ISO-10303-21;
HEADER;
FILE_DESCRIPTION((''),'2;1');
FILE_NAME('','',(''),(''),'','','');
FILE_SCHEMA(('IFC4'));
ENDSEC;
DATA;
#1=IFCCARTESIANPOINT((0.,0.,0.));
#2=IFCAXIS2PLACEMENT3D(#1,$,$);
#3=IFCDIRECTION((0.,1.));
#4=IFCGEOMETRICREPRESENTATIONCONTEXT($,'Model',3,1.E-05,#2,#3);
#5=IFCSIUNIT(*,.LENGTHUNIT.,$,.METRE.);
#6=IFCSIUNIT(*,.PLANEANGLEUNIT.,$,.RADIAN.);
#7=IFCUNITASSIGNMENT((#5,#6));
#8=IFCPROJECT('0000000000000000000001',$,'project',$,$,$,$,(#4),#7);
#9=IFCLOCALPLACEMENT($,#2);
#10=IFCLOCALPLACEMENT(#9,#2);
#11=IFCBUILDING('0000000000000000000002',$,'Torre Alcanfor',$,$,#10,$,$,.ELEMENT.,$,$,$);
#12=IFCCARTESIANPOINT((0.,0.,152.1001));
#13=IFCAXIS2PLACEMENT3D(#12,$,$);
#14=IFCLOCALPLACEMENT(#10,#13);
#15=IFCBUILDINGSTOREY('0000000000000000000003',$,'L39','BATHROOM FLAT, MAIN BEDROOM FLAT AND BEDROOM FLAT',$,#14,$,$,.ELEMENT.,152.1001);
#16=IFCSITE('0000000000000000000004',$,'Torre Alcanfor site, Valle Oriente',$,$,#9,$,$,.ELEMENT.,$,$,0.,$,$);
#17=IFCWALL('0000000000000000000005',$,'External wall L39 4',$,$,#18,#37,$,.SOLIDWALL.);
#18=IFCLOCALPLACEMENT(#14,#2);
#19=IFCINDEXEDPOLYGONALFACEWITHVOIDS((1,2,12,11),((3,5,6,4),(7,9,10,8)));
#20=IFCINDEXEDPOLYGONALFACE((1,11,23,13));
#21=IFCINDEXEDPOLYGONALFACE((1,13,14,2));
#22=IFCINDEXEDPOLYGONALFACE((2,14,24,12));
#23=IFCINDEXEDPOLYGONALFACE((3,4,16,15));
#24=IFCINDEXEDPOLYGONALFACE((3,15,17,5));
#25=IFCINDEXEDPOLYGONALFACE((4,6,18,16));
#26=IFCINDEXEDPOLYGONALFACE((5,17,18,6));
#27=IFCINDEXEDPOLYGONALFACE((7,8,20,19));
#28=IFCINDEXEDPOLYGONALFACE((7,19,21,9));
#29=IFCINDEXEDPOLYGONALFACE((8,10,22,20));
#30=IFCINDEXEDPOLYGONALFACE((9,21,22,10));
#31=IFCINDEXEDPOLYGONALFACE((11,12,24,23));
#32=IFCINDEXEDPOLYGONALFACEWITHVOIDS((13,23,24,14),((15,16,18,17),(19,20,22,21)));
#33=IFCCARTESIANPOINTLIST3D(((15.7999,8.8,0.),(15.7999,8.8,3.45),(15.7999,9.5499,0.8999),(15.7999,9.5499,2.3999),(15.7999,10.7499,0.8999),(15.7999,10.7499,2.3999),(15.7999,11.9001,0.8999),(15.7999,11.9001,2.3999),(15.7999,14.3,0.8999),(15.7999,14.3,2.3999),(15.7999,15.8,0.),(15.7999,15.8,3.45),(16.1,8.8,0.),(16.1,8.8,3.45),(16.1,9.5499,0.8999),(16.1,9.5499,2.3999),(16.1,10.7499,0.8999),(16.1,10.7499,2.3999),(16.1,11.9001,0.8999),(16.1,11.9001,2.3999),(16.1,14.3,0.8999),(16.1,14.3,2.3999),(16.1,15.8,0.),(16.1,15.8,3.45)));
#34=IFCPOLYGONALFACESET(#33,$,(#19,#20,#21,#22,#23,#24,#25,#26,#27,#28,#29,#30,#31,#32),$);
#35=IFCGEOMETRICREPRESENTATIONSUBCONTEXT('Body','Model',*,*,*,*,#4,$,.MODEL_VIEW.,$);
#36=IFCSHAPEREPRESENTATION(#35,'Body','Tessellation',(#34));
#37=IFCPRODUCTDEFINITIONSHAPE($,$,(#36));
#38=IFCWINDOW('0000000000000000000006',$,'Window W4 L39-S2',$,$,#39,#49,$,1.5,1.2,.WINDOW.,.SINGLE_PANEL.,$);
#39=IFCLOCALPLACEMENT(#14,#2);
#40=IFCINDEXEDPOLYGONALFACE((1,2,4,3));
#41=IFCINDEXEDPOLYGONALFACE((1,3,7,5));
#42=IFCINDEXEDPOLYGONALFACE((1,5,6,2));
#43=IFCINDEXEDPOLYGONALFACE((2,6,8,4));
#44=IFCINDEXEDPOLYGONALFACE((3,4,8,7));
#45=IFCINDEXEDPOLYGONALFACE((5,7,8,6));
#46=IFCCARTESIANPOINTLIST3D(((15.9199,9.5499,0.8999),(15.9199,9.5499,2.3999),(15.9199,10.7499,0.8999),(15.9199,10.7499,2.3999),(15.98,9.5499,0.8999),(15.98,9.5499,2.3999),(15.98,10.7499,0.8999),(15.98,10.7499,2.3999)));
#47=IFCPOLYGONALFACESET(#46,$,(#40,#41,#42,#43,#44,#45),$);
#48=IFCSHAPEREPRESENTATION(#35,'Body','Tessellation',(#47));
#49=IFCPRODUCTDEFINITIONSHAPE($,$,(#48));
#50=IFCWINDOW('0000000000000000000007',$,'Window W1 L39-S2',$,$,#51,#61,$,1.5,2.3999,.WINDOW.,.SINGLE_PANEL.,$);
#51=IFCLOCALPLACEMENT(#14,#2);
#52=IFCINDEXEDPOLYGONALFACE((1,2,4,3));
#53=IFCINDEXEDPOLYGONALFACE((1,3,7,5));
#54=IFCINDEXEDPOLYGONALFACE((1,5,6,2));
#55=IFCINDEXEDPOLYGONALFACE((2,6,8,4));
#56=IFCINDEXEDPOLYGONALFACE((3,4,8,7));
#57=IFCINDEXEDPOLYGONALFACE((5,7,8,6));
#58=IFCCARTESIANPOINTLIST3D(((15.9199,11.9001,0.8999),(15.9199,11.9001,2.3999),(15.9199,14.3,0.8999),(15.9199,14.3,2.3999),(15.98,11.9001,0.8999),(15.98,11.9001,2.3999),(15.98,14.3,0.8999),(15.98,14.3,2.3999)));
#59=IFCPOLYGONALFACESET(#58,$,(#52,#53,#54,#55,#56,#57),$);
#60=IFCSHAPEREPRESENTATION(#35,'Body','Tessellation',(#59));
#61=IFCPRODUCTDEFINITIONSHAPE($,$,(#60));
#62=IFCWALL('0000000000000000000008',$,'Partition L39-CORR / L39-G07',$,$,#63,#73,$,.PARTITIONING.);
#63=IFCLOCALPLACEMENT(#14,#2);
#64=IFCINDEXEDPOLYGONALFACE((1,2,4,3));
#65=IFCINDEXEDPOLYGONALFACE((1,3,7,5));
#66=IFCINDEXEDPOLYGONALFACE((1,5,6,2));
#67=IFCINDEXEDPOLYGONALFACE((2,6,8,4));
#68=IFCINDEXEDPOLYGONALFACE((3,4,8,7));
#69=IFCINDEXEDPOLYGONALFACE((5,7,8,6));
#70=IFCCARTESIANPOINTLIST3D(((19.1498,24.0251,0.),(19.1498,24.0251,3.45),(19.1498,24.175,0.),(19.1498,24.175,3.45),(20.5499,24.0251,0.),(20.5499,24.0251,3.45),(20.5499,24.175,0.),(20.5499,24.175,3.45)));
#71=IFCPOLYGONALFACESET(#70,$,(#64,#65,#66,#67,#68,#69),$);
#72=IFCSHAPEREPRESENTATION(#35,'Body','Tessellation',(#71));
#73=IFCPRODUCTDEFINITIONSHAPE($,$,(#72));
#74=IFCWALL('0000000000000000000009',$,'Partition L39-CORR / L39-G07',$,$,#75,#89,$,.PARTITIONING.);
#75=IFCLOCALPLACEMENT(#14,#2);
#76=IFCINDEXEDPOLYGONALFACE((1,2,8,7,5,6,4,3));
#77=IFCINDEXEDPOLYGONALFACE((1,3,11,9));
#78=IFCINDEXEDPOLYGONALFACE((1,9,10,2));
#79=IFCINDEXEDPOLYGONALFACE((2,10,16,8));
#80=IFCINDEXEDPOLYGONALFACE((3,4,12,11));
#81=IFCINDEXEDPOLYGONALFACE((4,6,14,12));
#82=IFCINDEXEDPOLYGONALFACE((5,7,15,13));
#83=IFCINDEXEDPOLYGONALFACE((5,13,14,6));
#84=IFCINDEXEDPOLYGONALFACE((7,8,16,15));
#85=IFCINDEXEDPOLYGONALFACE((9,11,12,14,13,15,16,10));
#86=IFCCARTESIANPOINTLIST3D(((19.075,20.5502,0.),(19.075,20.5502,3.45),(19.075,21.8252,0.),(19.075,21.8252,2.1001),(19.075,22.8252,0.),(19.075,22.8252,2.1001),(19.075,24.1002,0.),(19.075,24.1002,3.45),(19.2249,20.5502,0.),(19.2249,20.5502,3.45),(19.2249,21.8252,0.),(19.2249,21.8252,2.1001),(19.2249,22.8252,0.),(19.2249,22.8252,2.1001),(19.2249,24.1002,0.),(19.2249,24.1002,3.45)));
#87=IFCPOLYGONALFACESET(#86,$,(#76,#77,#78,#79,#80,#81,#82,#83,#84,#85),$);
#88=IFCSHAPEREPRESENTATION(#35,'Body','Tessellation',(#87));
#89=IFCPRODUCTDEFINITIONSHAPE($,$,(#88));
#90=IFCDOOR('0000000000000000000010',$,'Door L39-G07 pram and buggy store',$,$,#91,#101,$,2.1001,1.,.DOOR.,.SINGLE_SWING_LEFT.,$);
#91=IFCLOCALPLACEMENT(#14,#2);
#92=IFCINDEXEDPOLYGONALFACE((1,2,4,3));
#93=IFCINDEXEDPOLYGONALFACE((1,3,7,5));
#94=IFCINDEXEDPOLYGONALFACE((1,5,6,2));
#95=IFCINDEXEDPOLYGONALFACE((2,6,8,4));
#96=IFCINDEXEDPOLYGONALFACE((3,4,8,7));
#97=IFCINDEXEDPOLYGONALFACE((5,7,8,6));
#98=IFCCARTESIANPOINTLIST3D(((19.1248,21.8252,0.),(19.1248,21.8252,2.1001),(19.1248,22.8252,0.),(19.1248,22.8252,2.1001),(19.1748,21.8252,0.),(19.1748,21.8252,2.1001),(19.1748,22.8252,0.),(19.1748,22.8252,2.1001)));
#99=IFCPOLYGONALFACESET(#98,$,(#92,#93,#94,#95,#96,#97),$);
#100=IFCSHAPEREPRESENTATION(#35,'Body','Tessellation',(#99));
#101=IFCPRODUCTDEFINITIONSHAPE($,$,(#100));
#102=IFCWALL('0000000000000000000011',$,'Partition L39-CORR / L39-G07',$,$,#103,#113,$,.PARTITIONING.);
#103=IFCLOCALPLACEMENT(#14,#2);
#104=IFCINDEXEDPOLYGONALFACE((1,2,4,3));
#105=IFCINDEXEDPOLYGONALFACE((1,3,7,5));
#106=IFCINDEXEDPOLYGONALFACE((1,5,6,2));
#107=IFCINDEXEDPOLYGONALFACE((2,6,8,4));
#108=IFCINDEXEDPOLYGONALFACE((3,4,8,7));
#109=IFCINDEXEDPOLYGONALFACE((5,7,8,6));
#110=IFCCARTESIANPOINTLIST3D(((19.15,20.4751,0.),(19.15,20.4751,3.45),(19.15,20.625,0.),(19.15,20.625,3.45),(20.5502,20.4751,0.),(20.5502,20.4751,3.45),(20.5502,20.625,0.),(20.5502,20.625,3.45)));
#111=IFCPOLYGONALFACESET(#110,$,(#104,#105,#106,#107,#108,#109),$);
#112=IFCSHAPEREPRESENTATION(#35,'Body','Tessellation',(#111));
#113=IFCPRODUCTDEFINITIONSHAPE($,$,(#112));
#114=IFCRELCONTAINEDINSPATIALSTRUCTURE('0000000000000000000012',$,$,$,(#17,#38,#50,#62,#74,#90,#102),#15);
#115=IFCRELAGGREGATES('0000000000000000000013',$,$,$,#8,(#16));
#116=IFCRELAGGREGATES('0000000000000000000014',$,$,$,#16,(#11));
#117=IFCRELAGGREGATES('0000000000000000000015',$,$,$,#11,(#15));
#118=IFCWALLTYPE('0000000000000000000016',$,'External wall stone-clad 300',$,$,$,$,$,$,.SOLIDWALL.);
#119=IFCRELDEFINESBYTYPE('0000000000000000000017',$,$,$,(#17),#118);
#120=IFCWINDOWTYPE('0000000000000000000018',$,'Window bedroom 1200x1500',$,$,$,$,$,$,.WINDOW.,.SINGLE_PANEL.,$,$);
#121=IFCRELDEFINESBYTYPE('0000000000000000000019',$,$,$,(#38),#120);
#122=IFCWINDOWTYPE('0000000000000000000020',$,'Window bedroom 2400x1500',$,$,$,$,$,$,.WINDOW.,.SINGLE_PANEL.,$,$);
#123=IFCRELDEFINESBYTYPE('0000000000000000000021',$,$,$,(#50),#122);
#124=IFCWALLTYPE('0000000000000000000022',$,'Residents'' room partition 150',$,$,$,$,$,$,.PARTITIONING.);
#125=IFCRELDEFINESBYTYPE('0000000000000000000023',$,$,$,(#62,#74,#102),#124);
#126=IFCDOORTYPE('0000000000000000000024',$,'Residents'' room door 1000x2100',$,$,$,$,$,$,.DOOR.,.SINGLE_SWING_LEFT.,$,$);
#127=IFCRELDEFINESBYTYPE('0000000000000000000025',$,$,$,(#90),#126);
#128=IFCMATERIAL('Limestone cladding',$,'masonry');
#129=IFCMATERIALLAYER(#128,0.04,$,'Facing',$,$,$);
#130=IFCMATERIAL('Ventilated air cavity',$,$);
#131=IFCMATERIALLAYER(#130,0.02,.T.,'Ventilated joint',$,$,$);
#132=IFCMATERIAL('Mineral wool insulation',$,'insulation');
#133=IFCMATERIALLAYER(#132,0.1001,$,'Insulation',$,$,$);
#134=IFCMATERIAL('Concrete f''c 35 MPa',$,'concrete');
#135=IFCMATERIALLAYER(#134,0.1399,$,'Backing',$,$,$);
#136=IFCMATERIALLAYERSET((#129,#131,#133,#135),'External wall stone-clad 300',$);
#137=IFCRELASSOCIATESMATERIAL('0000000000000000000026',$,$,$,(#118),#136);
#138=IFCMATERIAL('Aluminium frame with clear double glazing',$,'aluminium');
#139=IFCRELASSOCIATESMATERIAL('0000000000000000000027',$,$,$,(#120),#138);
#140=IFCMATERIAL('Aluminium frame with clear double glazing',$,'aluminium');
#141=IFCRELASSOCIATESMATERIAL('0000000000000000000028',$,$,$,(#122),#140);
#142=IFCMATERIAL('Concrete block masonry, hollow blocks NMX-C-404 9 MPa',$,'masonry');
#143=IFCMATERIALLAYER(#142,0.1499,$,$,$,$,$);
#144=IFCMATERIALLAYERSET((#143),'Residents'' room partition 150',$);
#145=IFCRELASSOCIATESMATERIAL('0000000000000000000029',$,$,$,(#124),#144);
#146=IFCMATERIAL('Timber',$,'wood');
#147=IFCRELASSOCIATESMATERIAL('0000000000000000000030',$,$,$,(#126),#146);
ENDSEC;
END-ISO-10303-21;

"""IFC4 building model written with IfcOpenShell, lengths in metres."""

from ifc_helpers import new_model, si_unit, direction, frame, frame_2d, origin, place, context, subcontext, project, spatial, rectangle, extrude, material, layer, layer_set, type_object, element, fill, save


model = new_model("IFC4")

# Units and contexts
model_context = context("Model", 3, precision=1e-05, world=origin(), true_north=direction((0.0, 1.0)))
body_context = subcontext(model_context, "Body", "Model", "MODEL_VIEW")
ifc_project = project(units=[si_unit("LENGTHUNIT", "METRE"), si_unit("PLANEANGLEUNIT", "RADIAN")], contexts=[model_context])

# Site, building, storey
site_placement = place(None, origin())
site = spatial("IfcSite", under=ifc_project, at=site_placement, Name="Torre Alcanfor site, Valle Oriente", CompositionType="ELEMENT", RefElevation=0.0)
building_placement = place(site_placement, origin())
building = spatial("IfcBuilding", under=site, at=building_placement, Name="Torre Alcanfor", CompositionType="ELEMENT")
storey_placement = place(building_placement, frame((0.0, 0.0, 152.1001)))
storey = spatial("IfcBuildingStorey", under=building, at=storey_placement, Name="L39", Description="BATHROOM FLAT, MAIN BEDROOM FLAT AND BEDROOM FLAT", CompositionType="ELEMENT", Elevation=152.1001)

# Wall, openings, windows
ifc_material_1 = material(Name="Limestone cladding", Category="masonry")
ifc_layer_1 = layer(ifc_material_1, 0.04, Name="Facing")
ifc_material_2 = material(Name="Ventilated air cavity")
ifc_layer_2 = layer(ifc_material_2, 0.02, ventilated=True, Name="Ventilated joint")
ifc_material_3 = material(Name="Mineral wool insulation", Category="insulation")
ifc_layer_3 = layer(ifc_material_3, 0.1001, Name="Insulation")
ifc_material_4 = material(Name="Concrete f'c 35 MPa", Category="concrete")
ifc_layer_4 = layer(ifc_material_4, 0.1399, Name="Backing")
ifc_layer_set_1 = layer_set([ifc_layer_1, ifc_layer_2, ifc_layer_3, ifc_layer_4], Name="External wall stone-clad 300")
wall_type_1 = type_object("IfcWallType", Name="External wall stone-clad 300", PredefinedType="SOLIDWALL", material=ifc_layer_set_1)
wall_1_placement = place(storey_placement, frame((15.95, 15.8, 0.0), z_axis=(0.0, 0.0, 1.0), x_axis=(0.0, -1.0, 0.0)))
wall_1 = element("IfcWall", 1, at=wall_1_placement, inside=storey, type_object=wall_type_1, Name="External wall L39 4", PredefinedType="SOLIDWALL", context=body_context, shape_type="SweptSolid", body=[
    extrude(rectangle(XDim=7.0, YDim=0.3, at=frame_2d((3.5, 0.0))), origin(), (0.0, 0.0, 1.0), 3.45),
])
opening_1_placement = place(wall_1_placement, frame((1.5, 0.0, 0.8999)))
opening_1 = element("IfcOpeningElement", 2, at=opening_1_placement, cuts=wall_1, PredefinedType="OPENING", context=body_context, shape_type="SweptSolid", body=[
    extrude(rectangle(XDim=2.3999, YDim=1.5, at=frame_2d((1.2, 0.75))), frame((0.0, 0.1599, 0.0), z_axis=(0.0, -1.0, 0.0), x_axis=(1.0, 0.0, 0.0)), (0.0, 0.0, 1.0), 0.3201),
])
opening_2_placement = place(wall_1_placement, frame((5.05, 0.0, 0.8999)))
opening_2 = element("IfcOpeningElement", 3, at=opening_2_placement, cuts=wall_1, PredefinedType="OPENING", context=body_context, shape_type="SweptSolid", body=[
    extrude(rectangle(XDim=1.2, YDim=1.5, at=frame_2d((0.6001, 0.75))), frame((0.0, 0.1599, 0.0), z_axis=(0.0, -1.0, 0.0), x_axis=(1.0, 0.0, 0.0)), (0.0, 0.0, 1.0), 0.3201),
])
ifc_material_5 = material(Name="Aluminium frame with clear double glazing", Category="aluminium")
window_type_1 = type_object("IfcWindowType", Name="Window bedroom 1200x1500", PartitioningType="SINGLE_PANEL", PredefinedType="WINDOW", material=ifc_material_5)
window_1_placement = place(opening_2_placement, origin())
window_1 = element("IfcWindow", 4, at=window_1_placement, inside=storey, type_object=window_type_1, Name="Window W4 L39-S2", OverallHeight=1.5, OverallWidth=1.2, PartitioningType="SINGLE_PANEL", PredefinedType="WINDOW", context=body_context, shape_type="SweptSolid", body=[
    extrude(rectangle(XDim=1.2, YDim=1.5, at=frame_2d((0.6001, 0.75))), frame((0.0, 0.03, 0.0), z_axis=(0.0, -1.0, 0.0), x_axis=(1.0, 0.0, 0.0)), (0.0, 0.0, 1.0), 0.0601),
])
fill(opening_2, window_1)
ifc_material_6 = material(Name="Aluminium frame with clear double glazing", Category="aluminium")
window_type_2 = type_object("IfcWindowType", Name="Window bedroom 2400x1500", PartitioningType="SINGLE_PANEL", PredefinedType="WINDOW", material=ifc_material_6)
window_2_placement = place(opening_1_placement, origin())
window_2 = element("IfcWindow", 5, at=window_2_placement, inside=storey, type_object=window_type_2, Name="Window W1 L39-S2", OverallHeight=1.5, OverallWidth=2.3999, PartitioningType="SINGLE_PANEL", PredefinedType="WINDOW", context=body_context, shape_type="SweptSolid", body=[
    extrude(rectangle(XDim=2.3999, YDim=1.5, at=frame_2d((1.2, 0.75))), frame((0.0, 0.03, 0.0), z_axis=(0.0, -1.0, 0.0), x_axis=(1.0, 0.0, 0.0)), (0.0, 0.0, 1.0), 0.0601),
])
fill(opening_1, window_2)

# Wall
ifc_material_7 = material(Name="Concrete block masonry, hollow blocks NMX-C-404 9 MPa", Category="masonry")
ifc_layer_5 = layer(ifc_material_7, 0.1499)
ifc_layer_set_2 = layer_set([ifc_layer_5], Name="Residents' room partition 150")
wall_type_2 = type_object("IfcWallType", Name="Residents' room partition 150", PredefinedType="PARTITIONING", material=ifc_layer_set_2)
wall_2_placement = place(storey_placement, frame((20.55, 24.1001, 0.0), z_axis=(0.0, 0.0, 1.0), x_axis=(-1.0, 0.0, 0.0)))
element("IfcWall", 6, at=wall_2_placement, inside=storey, type_object=wall_type_2, Name="Partition L39-CORR / L39-G07", PredefinedType="PARTITIONING", context=body_context, shape_type="SweptSolid", body=[
    extrude(rectangle(XDim=1.4001, YDim=0.1499, at=frame_2d((0.7002, 0.0))), origin(), (0.0, 0.0, 1.0), 3.45),
])

# Wall, opening, door
wall_3_placement = place(storey_placement, frame((19.1499, 24.1001, 0.0), z_axis=(0.0, 0.0, 1.0), x_axis=(0.0, -1.0, 0.0)))
wall_3 = element("IfcWall", 7, at=wall_3_placement, inside=storey, type_object=wall_type_2, Name="Partition L39-CORR / L39-G07", PredefinedType="PARTITIONING", context=body_context, shape_type="SweptSolid", body=[
    extrude(rectangle(XDim=3.55, YDim=0.1499, at=frame_2d((1.7749, 0.0))), origin(), (0.0, 0.0, 1.0), 3.45),
])
opening_3_placement = place(wall_3_placement, frame((1.2749, 0.0, 0.0)))
opening_3 = element("IfcOpeningElement", 8, at=opening_3_placement, cuts=wall_3, PredefinedType="OPENING", context=body_context, shape_type="SweptSolid", body=[
    extrude(rectangle(XDim=1.0, YDim=2.1001, at=frame_2d((0.5, 1.05))), frame((0.0, 0.085, 0.0), z_axis=(0.0, -1.0, 0.0), x_axis=(1.0, 0.0, 0.0)), (0.0, 0.0, 1.0), 0.1699),
])
ifc_material_8 = material(Name="Timber", Category="wood")
door_type_1 = type_object("IfcDoorType", Name="Residents' room door 1000x2100", OperationType="SINGLE_SWING_LEFT", PredefinedType="DOOR", material=ifc_material_8)
door_1_placement = place(opening_3_placement, origin())
door_1 = element("IfcDoor", 9, at=door_1_placement, inside=storey, type_object=door_type_1, Name="Door L39-G07 pram and buggy store", OperationType="SINGLE_SWING_LEFT", OverallHeight=2.1001, OverallWidth=1.0, PredefinedType="DOOR", context=body_context, shape_type="SweptSolid", body=[
    extrude(rectangle(XDim=1.0, YDim=2.1001, at=frame_2d((0.5, 1.05))), frame((0.0, 0.0249, 0.0), z_axis=(0.0, -1.0, 0.0), x_axis=(1.0, 0.0, 0.0)), (0.0, 0.0, 1.0), 0.05),
])
fill(opening_3, door_1)

# Wall
wall_4_placement = place(storey_placement, frame((19.1499, 20.55, 0.0), z_axis=(0.0, 0.0, 1.0), x_axis=(1.0, 0.0, 0.0)))
element("IfcWall", 10, at=wall_4_placement, inside=storey, type_object=wall_type_2, Name="Partition L39-CORR / L39-G07", PredefinedType="PARTITIONING", context=body_context, shape_type="SweptSolid", body=[
    extrude(rectangle(XDim=1.4001, YDim=0.1499, at=frame_2d((0.7002, 0.0))), origin(), (0.0, 0.0, 1.0), 3.45),
])

save(model, "model.ifc")
